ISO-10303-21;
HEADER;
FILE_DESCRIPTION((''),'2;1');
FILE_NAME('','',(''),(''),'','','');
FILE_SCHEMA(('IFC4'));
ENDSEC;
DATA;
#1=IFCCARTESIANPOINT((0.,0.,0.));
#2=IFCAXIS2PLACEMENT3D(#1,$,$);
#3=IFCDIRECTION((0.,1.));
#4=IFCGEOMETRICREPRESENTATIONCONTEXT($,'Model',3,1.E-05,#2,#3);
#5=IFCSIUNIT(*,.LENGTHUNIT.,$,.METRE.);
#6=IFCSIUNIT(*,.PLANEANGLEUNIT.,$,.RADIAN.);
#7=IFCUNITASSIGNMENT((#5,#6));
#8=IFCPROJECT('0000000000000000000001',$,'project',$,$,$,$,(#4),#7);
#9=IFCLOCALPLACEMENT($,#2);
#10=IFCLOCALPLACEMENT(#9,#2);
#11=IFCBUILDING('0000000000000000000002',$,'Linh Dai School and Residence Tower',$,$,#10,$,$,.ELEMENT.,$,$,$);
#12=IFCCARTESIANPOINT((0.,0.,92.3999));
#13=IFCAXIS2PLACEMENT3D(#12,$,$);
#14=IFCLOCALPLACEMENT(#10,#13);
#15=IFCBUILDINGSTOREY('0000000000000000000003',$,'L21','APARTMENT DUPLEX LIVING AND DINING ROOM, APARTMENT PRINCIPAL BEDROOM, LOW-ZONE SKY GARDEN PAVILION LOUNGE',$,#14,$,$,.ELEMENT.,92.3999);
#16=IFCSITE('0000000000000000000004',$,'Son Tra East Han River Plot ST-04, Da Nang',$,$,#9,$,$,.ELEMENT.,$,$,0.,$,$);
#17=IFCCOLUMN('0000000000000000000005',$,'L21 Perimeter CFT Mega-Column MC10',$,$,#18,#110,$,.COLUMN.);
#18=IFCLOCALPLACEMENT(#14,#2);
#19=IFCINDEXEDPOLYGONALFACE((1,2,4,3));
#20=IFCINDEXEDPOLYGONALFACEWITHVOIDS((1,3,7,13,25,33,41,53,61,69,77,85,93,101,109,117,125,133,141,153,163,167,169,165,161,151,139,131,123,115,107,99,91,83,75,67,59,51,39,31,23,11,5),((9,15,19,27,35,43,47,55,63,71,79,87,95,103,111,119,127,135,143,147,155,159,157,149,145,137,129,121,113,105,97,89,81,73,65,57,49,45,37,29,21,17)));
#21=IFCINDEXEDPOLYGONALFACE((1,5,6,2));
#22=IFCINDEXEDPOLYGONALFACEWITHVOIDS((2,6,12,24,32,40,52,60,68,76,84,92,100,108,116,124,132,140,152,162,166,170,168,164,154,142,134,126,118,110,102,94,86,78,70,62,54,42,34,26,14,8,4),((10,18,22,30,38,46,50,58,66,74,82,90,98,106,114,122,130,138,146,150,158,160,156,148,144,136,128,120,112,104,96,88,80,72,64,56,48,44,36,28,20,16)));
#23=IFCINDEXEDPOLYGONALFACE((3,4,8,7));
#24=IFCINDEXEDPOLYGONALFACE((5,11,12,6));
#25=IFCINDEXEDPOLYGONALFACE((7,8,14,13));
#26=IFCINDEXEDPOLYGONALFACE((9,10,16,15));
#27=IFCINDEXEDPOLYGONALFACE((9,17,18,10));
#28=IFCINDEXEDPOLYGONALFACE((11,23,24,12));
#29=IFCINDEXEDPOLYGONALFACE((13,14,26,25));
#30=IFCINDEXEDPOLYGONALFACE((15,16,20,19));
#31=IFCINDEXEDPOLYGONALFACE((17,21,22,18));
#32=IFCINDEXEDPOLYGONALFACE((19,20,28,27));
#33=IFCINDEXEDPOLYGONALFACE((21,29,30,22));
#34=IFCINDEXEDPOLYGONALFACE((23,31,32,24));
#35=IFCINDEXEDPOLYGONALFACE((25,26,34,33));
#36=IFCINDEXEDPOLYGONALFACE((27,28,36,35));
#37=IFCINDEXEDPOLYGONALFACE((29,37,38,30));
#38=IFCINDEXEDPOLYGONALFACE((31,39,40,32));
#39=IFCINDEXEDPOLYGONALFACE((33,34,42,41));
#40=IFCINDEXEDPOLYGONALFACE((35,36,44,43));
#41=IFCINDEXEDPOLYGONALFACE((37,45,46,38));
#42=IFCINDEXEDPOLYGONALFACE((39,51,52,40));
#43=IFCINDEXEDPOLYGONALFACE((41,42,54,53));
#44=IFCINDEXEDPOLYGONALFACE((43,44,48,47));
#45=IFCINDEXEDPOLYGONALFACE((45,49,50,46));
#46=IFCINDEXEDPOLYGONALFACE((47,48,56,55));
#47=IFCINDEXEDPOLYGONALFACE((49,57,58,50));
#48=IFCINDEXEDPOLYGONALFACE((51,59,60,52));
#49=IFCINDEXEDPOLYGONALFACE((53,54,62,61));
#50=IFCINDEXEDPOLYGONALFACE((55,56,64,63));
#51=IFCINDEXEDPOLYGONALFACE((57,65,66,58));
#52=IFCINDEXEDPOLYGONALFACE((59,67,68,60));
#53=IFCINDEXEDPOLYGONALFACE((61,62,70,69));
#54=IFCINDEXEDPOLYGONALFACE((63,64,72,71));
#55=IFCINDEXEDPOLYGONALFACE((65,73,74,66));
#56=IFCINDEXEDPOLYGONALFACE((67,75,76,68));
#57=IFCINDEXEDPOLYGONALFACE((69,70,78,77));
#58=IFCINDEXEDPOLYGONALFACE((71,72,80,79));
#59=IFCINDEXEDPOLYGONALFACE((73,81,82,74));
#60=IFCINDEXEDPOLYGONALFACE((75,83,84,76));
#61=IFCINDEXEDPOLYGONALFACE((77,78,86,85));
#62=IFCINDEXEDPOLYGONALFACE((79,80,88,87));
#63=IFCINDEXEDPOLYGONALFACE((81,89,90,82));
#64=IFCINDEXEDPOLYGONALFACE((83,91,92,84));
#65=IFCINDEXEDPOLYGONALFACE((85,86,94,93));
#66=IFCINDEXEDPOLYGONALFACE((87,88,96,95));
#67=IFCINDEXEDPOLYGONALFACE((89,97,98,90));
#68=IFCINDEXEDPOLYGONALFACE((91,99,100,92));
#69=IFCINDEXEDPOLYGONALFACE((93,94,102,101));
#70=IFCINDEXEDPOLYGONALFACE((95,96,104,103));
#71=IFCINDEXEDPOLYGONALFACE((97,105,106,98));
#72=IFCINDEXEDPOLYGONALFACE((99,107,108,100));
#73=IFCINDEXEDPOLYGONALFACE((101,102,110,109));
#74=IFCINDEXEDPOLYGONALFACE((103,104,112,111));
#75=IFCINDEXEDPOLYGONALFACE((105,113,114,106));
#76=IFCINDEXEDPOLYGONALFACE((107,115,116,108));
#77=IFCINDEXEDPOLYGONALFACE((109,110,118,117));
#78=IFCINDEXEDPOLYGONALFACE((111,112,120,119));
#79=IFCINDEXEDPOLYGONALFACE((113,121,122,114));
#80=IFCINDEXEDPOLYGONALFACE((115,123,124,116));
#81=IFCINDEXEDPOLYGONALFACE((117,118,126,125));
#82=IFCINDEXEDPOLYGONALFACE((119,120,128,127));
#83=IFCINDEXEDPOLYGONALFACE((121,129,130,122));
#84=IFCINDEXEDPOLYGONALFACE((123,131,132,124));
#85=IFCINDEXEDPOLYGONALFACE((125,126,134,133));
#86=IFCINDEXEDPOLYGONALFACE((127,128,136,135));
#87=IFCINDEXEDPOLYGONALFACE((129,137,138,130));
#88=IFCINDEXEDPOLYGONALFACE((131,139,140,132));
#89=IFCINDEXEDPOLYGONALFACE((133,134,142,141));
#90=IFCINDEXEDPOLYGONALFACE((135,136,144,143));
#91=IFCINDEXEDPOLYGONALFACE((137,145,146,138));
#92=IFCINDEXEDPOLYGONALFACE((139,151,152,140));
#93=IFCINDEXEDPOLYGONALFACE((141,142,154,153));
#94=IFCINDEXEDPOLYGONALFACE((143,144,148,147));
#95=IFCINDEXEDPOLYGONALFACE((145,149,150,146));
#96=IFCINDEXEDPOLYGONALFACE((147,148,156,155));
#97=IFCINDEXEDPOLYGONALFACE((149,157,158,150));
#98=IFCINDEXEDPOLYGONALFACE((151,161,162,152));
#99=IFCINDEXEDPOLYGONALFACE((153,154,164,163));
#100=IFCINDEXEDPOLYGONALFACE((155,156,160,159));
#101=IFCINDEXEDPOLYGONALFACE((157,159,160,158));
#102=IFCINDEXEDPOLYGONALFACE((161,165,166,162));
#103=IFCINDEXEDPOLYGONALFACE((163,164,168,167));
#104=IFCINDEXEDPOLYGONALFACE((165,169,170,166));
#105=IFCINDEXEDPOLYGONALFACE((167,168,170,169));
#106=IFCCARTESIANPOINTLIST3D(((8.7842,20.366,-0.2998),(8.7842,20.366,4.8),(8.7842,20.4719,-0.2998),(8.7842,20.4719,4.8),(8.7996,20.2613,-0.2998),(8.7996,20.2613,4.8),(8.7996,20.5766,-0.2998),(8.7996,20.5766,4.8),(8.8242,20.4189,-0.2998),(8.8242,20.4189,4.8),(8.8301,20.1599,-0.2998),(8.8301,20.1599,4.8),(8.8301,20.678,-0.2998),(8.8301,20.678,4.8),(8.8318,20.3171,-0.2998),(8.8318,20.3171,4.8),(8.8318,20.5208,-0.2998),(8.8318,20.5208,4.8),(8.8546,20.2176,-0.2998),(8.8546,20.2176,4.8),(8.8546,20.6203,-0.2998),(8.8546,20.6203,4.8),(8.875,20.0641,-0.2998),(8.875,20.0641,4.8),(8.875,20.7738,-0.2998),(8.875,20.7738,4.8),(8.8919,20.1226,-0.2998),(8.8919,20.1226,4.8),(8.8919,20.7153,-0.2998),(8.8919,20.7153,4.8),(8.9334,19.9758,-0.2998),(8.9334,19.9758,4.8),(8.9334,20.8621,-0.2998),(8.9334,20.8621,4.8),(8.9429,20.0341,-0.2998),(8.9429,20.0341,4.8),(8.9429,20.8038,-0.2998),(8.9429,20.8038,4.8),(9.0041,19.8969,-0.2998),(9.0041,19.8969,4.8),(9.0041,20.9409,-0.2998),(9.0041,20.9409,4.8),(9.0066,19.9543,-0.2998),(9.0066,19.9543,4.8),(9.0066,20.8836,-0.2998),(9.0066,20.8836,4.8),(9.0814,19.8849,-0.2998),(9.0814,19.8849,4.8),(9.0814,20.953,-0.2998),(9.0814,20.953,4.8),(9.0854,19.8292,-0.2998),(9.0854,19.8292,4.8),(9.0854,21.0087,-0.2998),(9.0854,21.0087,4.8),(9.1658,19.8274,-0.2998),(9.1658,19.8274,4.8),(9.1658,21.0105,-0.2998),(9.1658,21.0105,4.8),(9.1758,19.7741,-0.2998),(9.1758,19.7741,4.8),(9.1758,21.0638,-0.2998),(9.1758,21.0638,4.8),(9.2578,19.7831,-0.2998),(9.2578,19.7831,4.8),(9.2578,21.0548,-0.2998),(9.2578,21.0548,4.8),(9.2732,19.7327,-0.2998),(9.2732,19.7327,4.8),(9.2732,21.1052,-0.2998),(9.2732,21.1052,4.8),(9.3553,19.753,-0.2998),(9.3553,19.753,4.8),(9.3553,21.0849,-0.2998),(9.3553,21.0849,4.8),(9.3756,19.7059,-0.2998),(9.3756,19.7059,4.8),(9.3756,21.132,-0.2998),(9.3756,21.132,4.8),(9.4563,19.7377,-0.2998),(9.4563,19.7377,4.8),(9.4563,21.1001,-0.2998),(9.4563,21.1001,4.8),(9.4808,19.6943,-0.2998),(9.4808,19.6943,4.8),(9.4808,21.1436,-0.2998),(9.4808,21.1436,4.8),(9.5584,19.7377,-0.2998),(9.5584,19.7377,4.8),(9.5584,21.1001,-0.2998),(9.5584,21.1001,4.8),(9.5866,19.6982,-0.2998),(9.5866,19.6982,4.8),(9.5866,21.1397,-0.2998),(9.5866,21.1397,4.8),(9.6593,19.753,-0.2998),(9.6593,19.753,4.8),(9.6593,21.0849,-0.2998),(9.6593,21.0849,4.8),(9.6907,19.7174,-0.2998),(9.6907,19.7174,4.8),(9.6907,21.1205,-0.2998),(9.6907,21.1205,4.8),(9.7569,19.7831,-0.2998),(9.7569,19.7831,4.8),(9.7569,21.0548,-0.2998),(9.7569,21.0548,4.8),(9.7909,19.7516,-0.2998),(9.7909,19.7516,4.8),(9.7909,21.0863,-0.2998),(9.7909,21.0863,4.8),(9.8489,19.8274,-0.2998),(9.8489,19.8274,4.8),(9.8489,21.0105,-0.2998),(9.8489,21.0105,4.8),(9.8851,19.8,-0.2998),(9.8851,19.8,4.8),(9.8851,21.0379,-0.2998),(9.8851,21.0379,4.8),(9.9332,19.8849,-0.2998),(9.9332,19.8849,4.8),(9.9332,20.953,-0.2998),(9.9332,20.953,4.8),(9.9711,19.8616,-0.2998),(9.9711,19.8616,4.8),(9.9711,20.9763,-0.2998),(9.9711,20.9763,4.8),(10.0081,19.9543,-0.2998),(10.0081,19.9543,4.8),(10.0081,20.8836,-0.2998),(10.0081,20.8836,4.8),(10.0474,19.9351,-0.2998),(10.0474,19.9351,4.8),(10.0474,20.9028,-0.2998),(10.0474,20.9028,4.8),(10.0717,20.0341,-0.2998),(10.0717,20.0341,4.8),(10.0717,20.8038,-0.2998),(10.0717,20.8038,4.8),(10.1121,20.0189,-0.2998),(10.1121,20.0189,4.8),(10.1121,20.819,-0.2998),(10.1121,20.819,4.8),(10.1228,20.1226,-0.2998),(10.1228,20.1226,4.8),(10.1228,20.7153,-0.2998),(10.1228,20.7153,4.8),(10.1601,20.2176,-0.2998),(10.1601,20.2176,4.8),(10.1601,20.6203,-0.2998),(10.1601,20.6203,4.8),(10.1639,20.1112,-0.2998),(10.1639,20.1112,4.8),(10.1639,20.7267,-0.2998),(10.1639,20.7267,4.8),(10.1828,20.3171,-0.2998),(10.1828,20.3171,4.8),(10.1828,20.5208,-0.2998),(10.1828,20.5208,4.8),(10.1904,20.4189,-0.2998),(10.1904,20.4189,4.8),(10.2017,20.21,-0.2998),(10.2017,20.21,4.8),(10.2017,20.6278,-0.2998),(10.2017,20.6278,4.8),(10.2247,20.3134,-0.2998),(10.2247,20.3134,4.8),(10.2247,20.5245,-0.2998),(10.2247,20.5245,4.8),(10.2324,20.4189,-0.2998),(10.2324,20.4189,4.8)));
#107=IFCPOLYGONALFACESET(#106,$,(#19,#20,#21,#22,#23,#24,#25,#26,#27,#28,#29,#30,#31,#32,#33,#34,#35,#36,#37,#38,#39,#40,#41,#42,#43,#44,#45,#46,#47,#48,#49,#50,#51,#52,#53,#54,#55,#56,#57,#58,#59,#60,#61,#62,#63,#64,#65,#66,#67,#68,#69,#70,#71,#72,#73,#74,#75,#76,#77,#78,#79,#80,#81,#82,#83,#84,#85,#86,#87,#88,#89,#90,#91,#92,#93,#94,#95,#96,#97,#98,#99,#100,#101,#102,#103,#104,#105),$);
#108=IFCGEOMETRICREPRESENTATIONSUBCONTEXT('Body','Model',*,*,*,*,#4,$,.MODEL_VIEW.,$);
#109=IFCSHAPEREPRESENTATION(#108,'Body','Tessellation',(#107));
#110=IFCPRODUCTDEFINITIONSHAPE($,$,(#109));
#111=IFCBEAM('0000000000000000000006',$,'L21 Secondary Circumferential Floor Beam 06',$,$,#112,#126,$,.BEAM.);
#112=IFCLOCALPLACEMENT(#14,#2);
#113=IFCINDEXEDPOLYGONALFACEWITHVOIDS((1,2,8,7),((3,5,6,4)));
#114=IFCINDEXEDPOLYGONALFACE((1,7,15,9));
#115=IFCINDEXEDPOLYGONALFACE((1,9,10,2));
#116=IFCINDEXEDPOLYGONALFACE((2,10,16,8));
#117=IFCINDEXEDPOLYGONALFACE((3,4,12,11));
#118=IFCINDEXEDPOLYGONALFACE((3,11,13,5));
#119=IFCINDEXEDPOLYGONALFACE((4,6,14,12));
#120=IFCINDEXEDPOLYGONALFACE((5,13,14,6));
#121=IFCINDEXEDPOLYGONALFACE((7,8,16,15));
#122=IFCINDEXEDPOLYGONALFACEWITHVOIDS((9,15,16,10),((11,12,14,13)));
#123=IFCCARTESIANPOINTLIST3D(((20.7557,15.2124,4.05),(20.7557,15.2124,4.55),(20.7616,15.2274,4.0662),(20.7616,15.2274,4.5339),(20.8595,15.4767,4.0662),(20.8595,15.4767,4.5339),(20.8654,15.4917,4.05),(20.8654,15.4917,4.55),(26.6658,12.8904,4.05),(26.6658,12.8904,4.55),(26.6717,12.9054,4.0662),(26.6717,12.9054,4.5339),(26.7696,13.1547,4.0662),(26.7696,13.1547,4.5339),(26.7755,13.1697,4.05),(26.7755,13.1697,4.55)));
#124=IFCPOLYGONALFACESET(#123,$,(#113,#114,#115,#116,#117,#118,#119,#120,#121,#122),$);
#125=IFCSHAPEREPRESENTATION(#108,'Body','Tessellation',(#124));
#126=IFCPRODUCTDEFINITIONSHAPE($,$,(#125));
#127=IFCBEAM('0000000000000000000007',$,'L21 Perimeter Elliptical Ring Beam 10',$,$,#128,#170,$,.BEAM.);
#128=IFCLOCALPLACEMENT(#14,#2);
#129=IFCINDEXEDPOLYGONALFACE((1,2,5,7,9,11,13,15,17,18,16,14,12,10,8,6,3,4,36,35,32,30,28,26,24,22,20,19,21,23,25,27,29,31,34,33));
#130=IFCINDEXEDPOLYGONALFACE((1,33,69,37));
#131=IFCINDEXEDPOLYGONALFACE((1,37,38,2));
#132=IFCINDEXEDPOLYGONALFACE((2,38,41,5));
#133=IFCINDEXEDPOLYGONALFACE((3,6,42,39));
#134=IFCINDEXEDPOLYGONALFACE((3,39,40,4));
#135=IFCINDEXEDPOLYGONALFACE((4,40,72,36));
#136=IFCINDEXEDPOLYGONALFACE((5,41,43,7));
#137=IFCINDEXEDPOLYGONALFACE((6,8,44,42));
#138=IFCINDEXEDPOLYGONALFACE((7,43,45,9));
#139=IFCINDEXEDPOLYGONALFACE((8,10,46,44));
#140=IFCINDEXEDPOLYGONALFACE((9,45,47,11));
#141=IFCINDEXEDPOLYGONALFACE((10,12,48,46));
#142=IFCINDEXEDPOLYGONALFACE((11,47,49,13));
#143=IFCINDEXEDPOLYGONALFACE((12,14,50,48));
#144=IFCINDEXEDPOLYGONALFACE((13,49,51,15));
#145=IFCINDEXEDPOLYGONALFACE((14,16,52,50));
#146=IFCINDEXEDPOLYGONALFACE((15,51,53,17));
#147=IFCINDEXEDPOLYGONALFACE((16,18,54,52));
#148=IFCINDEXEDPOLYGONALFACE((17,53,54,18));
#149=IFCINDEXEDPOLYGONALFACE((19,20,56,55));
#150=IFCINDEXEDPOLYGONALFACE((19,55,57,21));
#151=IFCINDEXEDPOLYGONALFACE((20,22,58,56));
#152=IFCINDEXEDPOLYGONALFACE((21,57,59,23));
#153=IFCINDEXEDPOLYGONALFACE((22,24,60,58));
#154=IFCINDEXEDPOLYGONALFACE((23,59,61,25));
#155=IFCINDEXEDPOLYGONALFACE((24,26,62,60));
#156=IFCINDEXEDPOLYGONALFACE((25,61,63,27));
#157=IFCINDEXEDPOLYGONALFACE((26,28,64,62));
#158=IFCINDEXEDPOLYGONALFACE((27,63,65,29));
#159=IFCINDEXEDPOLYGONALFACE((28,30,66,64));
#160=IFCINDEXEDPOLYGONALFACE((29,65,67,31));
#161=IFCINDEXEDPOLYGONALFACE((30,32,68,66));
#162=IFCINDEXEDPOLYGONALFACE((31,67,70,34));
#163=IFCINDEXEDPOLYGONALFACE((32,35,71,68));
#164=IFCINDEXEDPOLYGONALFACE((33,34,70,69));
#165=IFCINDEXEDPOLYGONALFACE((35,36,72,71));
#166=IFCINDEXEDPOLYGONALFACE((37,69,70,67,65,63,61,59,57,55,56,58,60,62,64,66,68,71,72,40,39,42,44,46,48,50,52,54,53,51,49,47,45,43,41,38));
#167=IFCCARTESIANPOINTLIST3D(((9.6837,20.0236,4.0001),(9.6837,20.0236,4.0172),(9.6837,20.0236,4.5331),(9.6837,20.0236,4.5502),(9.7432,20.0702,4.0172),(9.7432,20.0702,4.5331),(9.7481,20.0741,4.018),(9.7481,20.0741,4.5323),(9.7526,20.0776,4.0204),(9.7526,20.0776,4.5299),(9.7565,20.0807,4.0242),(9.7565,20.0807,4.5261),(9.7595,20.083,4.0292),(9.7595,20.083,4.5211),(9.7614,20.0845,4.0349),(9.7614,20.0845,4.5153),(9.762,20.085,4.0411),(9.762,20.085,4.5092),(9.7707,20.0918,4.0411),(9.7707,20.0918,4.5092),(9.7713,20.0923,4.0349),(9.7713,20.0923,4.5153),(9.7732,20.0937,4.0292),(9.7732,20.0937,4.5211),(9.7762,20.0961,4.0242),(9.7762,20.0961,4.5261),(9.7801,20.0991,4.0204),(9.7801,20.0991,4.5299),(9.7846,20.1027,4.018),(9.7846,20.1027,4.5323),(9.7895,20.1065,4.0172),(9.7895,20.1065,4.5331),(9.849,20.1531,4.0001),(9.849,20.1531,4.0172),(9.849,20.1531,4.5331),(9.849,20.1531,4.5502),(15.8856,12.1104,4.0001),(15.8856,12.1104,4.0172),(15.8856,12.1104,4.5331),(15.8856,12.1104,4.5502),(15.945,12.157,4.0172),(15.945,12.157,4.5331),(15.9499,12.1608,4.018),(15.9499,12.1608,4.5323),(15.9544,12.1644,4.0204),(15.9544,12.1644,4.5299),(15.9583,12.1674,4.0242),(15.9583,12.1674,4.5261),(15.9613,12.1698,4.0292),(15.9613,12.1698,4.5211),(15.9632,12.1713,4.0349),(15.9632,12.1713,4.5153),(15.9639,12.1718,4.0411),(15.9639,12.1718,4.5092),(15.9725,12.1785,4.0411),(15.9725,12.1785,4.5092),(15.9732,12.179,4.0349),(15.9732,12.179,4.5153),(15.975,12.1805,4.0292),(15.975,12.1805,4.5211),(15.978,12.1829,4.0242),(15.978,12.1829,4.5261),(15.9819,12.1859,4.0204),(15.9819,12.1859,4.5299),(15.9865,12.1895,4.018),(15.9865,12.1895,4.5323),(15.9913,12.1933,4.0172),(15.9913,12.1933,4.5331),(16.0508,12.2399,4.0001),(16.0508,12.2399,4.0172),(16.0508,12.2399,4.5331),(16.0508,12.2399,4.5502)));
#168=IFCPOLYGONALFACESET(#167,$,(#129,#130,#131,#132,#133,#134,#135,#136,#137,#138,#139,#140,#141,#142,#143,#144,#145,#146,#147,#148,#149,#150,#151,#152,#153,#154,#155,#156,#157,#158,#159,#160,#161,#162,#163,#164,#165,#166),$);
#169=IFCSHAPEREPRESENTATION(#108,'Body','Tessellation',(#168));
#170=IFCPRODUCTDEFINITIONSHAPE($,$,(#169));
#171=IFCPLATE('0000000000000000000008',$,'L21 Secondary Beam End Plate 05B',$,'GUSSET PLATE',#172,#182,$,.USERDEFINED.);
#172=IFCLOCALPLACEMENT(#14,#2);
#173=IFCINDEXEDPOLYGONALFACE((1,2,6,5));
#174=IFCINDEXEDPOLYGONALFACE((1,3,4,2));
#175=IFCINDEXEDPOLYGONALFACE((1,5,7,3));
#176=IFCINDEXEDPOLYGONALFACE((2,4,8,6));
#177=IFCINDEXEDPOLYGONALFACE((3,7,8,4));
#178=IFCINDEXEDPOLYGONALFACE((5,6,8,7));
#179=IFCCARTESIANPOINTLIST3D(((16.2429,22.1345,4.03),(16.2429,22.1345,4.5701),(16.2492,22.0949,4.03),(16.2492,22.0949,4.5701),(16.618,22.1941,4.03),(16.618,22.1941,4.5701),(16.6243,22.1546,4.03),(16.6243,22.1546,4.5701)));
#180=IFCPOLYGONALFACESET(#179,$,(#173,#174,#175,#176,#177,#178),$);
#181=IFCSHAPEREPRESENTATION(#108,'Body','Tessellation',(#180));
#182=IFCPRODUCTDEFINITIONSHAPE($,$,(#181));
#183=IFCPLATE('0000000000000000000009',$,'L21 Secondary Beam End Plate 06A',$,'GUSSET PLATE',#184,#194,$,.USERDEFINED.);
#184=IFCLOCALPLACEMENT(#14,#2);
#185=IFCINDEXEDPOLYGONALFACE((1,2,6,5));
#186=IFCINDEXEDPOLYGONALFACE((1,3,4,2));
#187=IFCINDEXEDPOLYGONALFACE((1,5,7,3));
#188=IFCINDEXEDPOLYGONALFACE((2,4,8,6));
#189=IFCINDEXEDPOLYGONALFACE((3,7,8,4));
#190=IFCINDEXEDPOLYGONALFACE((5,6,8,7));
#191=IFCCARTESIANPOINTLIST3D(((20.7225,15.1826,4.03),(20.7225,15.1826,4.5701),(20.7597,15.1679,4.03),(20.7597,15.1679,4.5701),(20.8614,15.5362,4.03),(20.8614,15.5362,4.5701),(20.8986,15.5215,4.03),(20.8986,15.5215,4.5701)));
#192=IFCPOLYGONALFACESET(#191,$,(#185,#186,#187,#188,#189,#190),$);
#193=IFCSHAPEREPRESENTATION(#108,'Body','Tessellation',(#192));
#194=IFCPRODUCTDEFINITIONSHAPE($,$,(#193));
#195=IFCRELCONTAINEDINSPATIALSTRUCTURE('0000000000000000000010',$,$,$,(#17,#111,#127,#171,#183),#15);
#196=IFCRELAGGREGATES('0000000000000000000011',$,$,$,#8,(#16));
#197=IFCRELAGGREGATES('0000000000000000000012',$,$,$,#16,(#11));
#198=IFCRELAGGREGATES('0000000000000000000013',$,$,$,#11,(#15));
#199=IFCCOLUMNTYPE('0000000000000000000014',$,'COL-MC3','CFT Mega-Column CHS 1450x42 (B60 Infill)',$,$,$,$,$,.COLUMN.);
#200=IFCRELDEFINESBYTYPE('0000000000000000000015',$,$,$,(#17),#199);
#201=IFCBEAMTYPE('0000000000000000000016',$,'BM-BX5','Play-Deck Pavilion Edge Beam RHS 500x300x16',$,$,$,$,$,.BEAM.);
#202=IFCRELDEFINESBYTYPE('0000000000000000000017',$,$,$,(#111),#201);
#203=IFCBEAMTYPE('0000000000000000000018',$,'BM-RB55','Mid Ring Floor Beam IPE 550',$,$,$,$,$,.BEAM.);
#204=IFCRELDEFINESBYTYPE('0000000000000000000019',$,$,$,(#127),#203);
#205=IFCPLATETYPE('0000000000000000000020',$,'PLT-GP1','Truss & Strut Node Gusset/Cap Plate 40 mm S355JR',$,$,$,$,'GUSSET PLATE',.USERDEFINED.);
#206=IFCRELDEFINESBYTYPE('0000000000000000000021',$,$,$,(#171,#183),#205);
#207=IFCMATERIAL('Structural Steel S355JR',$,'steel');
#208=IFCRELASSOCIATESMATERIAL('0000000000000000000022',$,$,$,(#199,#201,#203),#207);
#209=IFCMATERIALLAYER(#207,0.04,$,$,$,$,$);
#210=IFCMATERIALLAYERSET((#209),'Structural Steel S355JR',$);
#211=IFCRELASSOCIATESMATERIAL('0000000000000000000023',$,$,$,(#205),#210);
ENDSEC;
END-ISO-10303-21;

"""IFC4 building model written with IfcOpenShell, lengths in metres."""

from ifc_helpers import new_model, si_unit, direction, frame, origin, origin_2d, place, context, subcontext, project, spatial, rectangle, hollow_rectangle, hollow_circle, i_section, extrude, source, transform, mapped, material, layer, layer_set, material_profile, profile_set, type_object, element, save


model = new_model("IFC4")

# Units and contexts
model_context = context("Model", 3, precision=1e-05, world=origin(), true_north=direction((0.0, 1.0)))
body_context = subcontext(model_context, "Body", "Model", "MODEL_VIEW")
ifc_project = project(units=[si_unit("LENGTHUNIT", "METRE"), si_unit("PLANEANGLEUNIT", "RADIAN")], contexts=[model_context])

# Site, building, storey
site_placement = place(None, origin())
site = spatial("IfcSite", under=ifc_project, at=site_placement, Name="Son Tra East Han River Plot ST-04, Da Nang", CompositionType="ELEMENT", RefElevation=0.0)
building_placement = place(site_placement, origin())
building = spatial("IfcBuilding", under=site, at=building_placement, Name="Linh Dai School and Residence Tower", CompositionType="ELEMENT")
storey_placement = place(building_placement, frame((0.0, 0.0, 92.3999)))
storey = spatial("IfcBuildingStorey", under=building, at=storey_placement, Name="L21", Description="APARTMENT DUPLEX LIVING AND DINING ROOM, APARTMENT PRINCIPAL BEDROOM, LOW-ZONE SKY GARDEN PAVILION LOUNGE", CompositionType="ELEMENT", Elevation=92.3999)

# Column
ifc_material_1 = material(Name="Structural Steel S355JR", Category="steel")
ifc_material_profile_1 = material_profile(ifc_material_1, hollow_circle(Radius=0.7251, WallThickness=0.042, at=origin_2d()), Name="CHS 1450x42")
ifc_profile_set_1 = profile_set([ifc_material_profile_1], Name="Structural Steel S355JR")
column_type = type_object("IfcColumnType", Name="COL-MC3", Description="CFT Mega-Column CHS 1450x42 (B60 Infill)", PredefinedType="COLUMN", material=ifc_profile_set_1)
column_placement = place(storey_placement, frame((9.5073, 20.4189, -0.2998), z_axis=(0.0, 0.0, 1.0), x_axis=(1.0, 0.0, 0.0)))
element("IfcColumn", 1, at=column_placement, inside=storey, type_object=column_type, Name="L21 Perimeter CFT Mega-Column MC10", PredefinedType="COLUMN", context=body_context, shape_type="SweptSolid", body=[
    extrude(hollow_circle(Radius=0.7251, WallThickness=0.042, at=origin_2d()), origin(), (0.0, 0.0, 1.0), 5.0999),
])

# Beams
ifc_material_profile_2 = material_profile(ifc_material_1, hollow_rectangle(XDim=0.3, YDim=0.5, WallThickness=0.0161, at=origin_2d()), Name="RHS 500x300x16")
ifc_profile_set_2 = profile_set([ifc_material_profile_2], Name="Structural Steel S355JR")
beam_type_1 = type_object("IfcBeamType", Name="BM-BX5", Description="Play-Deck Pavilion Edge Beam RHS 500x300x16", PredefinedType="BEAM", material=ifc_profile_set_2)
beam_1_placement = place(storey_placement, frame((20.8105, 15.3521, 4.3), z_axis=(0.930742, -0.365676, 0.0), x_axis=(0.365676, 0.930742, 0.0)))
element("IfcBeam", 2, at=beam_1_placement, inside=storey, type_object=beam_type_1, Name="L21 Secondary Circumferential Floor Beam 06", PredefinedType="BEAM", context=body_context, shape_type="SweptSolid", body=[
    extrude(hollow_rectangle(XDim=0.3, YDim=0.5, WallThickness=0.0161, at=origin_2d()), origin(), (0.0, 0.0, 1.0), 6.3499),
])
ifc_material_profile_3 = material_profile(ifc_material_1, i_section(OverallWidth=0.21, OverallDepth=0.55, WebThickness=0.011, FlangeThickness=0.0171, FilletRadius=0.0239, at=origin_2d()), Name="IPE 550")
ifc_profile_set_3 = profile_set([ifc_material_profile_3], Name="Structural Steel S355JR")
beam_type_2 = type_object("IfcBeamType", Name="BM-RB55", Description="Mid Ring Floor Beam IPE 550", PredefinedType="BEAM", material=ifc_profile_set_3)
beam_2_placement = place(storey_placement, frame((9.7664, 20.0884, 4.2751), z_axis=(0.616855, -0.787077, 0.0), x_axis=(0.787077, 0.616855, 0.0)))
element("IfcBeam", 3, at=beam_2_placement, inside=storey, type_object=beam_type_2, Name="L21 Perimeter Elliptical Ring Beam 10", PredefinedType="BEAM", context=body_context, shape_type="SweptSolid", body=[
    extrude(i_section(OverallWidth=0.21, OverallDepth=0.55, WebThickness=0.011, FlangeThickness=0.0171, FilletRadius=0.0239, at=origin_2d()), origin(), (0.0, 0.0, 1.0), 10.054),
])

# Plates
ifc_layer_1 = layer(ifc_material_1, 0.04)
ifc_layer_set_1 = layer_set([ifc_layer_1], Name="Structural Steel S355JR")
plate_type_1 = type_object("IfcPlateType", Name="PLT-GP1", Description="Truss & Strut Node Gusset/Cap Plate 40 mm S355JR", ElementType="GUSSET PLATE", PredefinedType="USERDEFINED", material=ifc_layer_set_1)
shared_shape_1 = source(origin(), body_context, "Body", "SweptSolid", [
    extrude(rectangle(XDim=0.04, YDim=0.3799, at=origin_2d()), origin(), (0.0, 0.0, 1.0), 0.54),
])
for number, where, z_axis, x_axis, name in (
    (4, (16.4336, 22.1445, 4.03), (0.0, 0.0, 1.0), (0.157025, -0.987595, 0.0), "L21 Secondary Beam End Plate 05B"),
    (5, (20.8105, 15.3521, 4.03), (0.0, 0.0, 1.0), (0.930752, -0.36565, 0.0), "L21 Secondary Beam End Plate 06A"),
):
    element("IfcPlate", number, at=place(storey_placement, frame(where, z_axis=z_axis, x_axis=x_axis)), inside=storey, type_object=plate_type_1, Name=name, ObjectType="GUSSET PLATE", PredefinedType="USERDEFINED", context=body_context, shape_type="MappedRepresentation", body=[
        mapped(shared_shape_1, transform((0.0, 0.0, 0.0), x_axis=(1.0, 0.0, 0.0), y_axis=(0.0, 1.0, 0.0), z_axis=(0.0, 0.0, 1.0), scale=1.0)),
    ])

save(model, "model.ifc")
